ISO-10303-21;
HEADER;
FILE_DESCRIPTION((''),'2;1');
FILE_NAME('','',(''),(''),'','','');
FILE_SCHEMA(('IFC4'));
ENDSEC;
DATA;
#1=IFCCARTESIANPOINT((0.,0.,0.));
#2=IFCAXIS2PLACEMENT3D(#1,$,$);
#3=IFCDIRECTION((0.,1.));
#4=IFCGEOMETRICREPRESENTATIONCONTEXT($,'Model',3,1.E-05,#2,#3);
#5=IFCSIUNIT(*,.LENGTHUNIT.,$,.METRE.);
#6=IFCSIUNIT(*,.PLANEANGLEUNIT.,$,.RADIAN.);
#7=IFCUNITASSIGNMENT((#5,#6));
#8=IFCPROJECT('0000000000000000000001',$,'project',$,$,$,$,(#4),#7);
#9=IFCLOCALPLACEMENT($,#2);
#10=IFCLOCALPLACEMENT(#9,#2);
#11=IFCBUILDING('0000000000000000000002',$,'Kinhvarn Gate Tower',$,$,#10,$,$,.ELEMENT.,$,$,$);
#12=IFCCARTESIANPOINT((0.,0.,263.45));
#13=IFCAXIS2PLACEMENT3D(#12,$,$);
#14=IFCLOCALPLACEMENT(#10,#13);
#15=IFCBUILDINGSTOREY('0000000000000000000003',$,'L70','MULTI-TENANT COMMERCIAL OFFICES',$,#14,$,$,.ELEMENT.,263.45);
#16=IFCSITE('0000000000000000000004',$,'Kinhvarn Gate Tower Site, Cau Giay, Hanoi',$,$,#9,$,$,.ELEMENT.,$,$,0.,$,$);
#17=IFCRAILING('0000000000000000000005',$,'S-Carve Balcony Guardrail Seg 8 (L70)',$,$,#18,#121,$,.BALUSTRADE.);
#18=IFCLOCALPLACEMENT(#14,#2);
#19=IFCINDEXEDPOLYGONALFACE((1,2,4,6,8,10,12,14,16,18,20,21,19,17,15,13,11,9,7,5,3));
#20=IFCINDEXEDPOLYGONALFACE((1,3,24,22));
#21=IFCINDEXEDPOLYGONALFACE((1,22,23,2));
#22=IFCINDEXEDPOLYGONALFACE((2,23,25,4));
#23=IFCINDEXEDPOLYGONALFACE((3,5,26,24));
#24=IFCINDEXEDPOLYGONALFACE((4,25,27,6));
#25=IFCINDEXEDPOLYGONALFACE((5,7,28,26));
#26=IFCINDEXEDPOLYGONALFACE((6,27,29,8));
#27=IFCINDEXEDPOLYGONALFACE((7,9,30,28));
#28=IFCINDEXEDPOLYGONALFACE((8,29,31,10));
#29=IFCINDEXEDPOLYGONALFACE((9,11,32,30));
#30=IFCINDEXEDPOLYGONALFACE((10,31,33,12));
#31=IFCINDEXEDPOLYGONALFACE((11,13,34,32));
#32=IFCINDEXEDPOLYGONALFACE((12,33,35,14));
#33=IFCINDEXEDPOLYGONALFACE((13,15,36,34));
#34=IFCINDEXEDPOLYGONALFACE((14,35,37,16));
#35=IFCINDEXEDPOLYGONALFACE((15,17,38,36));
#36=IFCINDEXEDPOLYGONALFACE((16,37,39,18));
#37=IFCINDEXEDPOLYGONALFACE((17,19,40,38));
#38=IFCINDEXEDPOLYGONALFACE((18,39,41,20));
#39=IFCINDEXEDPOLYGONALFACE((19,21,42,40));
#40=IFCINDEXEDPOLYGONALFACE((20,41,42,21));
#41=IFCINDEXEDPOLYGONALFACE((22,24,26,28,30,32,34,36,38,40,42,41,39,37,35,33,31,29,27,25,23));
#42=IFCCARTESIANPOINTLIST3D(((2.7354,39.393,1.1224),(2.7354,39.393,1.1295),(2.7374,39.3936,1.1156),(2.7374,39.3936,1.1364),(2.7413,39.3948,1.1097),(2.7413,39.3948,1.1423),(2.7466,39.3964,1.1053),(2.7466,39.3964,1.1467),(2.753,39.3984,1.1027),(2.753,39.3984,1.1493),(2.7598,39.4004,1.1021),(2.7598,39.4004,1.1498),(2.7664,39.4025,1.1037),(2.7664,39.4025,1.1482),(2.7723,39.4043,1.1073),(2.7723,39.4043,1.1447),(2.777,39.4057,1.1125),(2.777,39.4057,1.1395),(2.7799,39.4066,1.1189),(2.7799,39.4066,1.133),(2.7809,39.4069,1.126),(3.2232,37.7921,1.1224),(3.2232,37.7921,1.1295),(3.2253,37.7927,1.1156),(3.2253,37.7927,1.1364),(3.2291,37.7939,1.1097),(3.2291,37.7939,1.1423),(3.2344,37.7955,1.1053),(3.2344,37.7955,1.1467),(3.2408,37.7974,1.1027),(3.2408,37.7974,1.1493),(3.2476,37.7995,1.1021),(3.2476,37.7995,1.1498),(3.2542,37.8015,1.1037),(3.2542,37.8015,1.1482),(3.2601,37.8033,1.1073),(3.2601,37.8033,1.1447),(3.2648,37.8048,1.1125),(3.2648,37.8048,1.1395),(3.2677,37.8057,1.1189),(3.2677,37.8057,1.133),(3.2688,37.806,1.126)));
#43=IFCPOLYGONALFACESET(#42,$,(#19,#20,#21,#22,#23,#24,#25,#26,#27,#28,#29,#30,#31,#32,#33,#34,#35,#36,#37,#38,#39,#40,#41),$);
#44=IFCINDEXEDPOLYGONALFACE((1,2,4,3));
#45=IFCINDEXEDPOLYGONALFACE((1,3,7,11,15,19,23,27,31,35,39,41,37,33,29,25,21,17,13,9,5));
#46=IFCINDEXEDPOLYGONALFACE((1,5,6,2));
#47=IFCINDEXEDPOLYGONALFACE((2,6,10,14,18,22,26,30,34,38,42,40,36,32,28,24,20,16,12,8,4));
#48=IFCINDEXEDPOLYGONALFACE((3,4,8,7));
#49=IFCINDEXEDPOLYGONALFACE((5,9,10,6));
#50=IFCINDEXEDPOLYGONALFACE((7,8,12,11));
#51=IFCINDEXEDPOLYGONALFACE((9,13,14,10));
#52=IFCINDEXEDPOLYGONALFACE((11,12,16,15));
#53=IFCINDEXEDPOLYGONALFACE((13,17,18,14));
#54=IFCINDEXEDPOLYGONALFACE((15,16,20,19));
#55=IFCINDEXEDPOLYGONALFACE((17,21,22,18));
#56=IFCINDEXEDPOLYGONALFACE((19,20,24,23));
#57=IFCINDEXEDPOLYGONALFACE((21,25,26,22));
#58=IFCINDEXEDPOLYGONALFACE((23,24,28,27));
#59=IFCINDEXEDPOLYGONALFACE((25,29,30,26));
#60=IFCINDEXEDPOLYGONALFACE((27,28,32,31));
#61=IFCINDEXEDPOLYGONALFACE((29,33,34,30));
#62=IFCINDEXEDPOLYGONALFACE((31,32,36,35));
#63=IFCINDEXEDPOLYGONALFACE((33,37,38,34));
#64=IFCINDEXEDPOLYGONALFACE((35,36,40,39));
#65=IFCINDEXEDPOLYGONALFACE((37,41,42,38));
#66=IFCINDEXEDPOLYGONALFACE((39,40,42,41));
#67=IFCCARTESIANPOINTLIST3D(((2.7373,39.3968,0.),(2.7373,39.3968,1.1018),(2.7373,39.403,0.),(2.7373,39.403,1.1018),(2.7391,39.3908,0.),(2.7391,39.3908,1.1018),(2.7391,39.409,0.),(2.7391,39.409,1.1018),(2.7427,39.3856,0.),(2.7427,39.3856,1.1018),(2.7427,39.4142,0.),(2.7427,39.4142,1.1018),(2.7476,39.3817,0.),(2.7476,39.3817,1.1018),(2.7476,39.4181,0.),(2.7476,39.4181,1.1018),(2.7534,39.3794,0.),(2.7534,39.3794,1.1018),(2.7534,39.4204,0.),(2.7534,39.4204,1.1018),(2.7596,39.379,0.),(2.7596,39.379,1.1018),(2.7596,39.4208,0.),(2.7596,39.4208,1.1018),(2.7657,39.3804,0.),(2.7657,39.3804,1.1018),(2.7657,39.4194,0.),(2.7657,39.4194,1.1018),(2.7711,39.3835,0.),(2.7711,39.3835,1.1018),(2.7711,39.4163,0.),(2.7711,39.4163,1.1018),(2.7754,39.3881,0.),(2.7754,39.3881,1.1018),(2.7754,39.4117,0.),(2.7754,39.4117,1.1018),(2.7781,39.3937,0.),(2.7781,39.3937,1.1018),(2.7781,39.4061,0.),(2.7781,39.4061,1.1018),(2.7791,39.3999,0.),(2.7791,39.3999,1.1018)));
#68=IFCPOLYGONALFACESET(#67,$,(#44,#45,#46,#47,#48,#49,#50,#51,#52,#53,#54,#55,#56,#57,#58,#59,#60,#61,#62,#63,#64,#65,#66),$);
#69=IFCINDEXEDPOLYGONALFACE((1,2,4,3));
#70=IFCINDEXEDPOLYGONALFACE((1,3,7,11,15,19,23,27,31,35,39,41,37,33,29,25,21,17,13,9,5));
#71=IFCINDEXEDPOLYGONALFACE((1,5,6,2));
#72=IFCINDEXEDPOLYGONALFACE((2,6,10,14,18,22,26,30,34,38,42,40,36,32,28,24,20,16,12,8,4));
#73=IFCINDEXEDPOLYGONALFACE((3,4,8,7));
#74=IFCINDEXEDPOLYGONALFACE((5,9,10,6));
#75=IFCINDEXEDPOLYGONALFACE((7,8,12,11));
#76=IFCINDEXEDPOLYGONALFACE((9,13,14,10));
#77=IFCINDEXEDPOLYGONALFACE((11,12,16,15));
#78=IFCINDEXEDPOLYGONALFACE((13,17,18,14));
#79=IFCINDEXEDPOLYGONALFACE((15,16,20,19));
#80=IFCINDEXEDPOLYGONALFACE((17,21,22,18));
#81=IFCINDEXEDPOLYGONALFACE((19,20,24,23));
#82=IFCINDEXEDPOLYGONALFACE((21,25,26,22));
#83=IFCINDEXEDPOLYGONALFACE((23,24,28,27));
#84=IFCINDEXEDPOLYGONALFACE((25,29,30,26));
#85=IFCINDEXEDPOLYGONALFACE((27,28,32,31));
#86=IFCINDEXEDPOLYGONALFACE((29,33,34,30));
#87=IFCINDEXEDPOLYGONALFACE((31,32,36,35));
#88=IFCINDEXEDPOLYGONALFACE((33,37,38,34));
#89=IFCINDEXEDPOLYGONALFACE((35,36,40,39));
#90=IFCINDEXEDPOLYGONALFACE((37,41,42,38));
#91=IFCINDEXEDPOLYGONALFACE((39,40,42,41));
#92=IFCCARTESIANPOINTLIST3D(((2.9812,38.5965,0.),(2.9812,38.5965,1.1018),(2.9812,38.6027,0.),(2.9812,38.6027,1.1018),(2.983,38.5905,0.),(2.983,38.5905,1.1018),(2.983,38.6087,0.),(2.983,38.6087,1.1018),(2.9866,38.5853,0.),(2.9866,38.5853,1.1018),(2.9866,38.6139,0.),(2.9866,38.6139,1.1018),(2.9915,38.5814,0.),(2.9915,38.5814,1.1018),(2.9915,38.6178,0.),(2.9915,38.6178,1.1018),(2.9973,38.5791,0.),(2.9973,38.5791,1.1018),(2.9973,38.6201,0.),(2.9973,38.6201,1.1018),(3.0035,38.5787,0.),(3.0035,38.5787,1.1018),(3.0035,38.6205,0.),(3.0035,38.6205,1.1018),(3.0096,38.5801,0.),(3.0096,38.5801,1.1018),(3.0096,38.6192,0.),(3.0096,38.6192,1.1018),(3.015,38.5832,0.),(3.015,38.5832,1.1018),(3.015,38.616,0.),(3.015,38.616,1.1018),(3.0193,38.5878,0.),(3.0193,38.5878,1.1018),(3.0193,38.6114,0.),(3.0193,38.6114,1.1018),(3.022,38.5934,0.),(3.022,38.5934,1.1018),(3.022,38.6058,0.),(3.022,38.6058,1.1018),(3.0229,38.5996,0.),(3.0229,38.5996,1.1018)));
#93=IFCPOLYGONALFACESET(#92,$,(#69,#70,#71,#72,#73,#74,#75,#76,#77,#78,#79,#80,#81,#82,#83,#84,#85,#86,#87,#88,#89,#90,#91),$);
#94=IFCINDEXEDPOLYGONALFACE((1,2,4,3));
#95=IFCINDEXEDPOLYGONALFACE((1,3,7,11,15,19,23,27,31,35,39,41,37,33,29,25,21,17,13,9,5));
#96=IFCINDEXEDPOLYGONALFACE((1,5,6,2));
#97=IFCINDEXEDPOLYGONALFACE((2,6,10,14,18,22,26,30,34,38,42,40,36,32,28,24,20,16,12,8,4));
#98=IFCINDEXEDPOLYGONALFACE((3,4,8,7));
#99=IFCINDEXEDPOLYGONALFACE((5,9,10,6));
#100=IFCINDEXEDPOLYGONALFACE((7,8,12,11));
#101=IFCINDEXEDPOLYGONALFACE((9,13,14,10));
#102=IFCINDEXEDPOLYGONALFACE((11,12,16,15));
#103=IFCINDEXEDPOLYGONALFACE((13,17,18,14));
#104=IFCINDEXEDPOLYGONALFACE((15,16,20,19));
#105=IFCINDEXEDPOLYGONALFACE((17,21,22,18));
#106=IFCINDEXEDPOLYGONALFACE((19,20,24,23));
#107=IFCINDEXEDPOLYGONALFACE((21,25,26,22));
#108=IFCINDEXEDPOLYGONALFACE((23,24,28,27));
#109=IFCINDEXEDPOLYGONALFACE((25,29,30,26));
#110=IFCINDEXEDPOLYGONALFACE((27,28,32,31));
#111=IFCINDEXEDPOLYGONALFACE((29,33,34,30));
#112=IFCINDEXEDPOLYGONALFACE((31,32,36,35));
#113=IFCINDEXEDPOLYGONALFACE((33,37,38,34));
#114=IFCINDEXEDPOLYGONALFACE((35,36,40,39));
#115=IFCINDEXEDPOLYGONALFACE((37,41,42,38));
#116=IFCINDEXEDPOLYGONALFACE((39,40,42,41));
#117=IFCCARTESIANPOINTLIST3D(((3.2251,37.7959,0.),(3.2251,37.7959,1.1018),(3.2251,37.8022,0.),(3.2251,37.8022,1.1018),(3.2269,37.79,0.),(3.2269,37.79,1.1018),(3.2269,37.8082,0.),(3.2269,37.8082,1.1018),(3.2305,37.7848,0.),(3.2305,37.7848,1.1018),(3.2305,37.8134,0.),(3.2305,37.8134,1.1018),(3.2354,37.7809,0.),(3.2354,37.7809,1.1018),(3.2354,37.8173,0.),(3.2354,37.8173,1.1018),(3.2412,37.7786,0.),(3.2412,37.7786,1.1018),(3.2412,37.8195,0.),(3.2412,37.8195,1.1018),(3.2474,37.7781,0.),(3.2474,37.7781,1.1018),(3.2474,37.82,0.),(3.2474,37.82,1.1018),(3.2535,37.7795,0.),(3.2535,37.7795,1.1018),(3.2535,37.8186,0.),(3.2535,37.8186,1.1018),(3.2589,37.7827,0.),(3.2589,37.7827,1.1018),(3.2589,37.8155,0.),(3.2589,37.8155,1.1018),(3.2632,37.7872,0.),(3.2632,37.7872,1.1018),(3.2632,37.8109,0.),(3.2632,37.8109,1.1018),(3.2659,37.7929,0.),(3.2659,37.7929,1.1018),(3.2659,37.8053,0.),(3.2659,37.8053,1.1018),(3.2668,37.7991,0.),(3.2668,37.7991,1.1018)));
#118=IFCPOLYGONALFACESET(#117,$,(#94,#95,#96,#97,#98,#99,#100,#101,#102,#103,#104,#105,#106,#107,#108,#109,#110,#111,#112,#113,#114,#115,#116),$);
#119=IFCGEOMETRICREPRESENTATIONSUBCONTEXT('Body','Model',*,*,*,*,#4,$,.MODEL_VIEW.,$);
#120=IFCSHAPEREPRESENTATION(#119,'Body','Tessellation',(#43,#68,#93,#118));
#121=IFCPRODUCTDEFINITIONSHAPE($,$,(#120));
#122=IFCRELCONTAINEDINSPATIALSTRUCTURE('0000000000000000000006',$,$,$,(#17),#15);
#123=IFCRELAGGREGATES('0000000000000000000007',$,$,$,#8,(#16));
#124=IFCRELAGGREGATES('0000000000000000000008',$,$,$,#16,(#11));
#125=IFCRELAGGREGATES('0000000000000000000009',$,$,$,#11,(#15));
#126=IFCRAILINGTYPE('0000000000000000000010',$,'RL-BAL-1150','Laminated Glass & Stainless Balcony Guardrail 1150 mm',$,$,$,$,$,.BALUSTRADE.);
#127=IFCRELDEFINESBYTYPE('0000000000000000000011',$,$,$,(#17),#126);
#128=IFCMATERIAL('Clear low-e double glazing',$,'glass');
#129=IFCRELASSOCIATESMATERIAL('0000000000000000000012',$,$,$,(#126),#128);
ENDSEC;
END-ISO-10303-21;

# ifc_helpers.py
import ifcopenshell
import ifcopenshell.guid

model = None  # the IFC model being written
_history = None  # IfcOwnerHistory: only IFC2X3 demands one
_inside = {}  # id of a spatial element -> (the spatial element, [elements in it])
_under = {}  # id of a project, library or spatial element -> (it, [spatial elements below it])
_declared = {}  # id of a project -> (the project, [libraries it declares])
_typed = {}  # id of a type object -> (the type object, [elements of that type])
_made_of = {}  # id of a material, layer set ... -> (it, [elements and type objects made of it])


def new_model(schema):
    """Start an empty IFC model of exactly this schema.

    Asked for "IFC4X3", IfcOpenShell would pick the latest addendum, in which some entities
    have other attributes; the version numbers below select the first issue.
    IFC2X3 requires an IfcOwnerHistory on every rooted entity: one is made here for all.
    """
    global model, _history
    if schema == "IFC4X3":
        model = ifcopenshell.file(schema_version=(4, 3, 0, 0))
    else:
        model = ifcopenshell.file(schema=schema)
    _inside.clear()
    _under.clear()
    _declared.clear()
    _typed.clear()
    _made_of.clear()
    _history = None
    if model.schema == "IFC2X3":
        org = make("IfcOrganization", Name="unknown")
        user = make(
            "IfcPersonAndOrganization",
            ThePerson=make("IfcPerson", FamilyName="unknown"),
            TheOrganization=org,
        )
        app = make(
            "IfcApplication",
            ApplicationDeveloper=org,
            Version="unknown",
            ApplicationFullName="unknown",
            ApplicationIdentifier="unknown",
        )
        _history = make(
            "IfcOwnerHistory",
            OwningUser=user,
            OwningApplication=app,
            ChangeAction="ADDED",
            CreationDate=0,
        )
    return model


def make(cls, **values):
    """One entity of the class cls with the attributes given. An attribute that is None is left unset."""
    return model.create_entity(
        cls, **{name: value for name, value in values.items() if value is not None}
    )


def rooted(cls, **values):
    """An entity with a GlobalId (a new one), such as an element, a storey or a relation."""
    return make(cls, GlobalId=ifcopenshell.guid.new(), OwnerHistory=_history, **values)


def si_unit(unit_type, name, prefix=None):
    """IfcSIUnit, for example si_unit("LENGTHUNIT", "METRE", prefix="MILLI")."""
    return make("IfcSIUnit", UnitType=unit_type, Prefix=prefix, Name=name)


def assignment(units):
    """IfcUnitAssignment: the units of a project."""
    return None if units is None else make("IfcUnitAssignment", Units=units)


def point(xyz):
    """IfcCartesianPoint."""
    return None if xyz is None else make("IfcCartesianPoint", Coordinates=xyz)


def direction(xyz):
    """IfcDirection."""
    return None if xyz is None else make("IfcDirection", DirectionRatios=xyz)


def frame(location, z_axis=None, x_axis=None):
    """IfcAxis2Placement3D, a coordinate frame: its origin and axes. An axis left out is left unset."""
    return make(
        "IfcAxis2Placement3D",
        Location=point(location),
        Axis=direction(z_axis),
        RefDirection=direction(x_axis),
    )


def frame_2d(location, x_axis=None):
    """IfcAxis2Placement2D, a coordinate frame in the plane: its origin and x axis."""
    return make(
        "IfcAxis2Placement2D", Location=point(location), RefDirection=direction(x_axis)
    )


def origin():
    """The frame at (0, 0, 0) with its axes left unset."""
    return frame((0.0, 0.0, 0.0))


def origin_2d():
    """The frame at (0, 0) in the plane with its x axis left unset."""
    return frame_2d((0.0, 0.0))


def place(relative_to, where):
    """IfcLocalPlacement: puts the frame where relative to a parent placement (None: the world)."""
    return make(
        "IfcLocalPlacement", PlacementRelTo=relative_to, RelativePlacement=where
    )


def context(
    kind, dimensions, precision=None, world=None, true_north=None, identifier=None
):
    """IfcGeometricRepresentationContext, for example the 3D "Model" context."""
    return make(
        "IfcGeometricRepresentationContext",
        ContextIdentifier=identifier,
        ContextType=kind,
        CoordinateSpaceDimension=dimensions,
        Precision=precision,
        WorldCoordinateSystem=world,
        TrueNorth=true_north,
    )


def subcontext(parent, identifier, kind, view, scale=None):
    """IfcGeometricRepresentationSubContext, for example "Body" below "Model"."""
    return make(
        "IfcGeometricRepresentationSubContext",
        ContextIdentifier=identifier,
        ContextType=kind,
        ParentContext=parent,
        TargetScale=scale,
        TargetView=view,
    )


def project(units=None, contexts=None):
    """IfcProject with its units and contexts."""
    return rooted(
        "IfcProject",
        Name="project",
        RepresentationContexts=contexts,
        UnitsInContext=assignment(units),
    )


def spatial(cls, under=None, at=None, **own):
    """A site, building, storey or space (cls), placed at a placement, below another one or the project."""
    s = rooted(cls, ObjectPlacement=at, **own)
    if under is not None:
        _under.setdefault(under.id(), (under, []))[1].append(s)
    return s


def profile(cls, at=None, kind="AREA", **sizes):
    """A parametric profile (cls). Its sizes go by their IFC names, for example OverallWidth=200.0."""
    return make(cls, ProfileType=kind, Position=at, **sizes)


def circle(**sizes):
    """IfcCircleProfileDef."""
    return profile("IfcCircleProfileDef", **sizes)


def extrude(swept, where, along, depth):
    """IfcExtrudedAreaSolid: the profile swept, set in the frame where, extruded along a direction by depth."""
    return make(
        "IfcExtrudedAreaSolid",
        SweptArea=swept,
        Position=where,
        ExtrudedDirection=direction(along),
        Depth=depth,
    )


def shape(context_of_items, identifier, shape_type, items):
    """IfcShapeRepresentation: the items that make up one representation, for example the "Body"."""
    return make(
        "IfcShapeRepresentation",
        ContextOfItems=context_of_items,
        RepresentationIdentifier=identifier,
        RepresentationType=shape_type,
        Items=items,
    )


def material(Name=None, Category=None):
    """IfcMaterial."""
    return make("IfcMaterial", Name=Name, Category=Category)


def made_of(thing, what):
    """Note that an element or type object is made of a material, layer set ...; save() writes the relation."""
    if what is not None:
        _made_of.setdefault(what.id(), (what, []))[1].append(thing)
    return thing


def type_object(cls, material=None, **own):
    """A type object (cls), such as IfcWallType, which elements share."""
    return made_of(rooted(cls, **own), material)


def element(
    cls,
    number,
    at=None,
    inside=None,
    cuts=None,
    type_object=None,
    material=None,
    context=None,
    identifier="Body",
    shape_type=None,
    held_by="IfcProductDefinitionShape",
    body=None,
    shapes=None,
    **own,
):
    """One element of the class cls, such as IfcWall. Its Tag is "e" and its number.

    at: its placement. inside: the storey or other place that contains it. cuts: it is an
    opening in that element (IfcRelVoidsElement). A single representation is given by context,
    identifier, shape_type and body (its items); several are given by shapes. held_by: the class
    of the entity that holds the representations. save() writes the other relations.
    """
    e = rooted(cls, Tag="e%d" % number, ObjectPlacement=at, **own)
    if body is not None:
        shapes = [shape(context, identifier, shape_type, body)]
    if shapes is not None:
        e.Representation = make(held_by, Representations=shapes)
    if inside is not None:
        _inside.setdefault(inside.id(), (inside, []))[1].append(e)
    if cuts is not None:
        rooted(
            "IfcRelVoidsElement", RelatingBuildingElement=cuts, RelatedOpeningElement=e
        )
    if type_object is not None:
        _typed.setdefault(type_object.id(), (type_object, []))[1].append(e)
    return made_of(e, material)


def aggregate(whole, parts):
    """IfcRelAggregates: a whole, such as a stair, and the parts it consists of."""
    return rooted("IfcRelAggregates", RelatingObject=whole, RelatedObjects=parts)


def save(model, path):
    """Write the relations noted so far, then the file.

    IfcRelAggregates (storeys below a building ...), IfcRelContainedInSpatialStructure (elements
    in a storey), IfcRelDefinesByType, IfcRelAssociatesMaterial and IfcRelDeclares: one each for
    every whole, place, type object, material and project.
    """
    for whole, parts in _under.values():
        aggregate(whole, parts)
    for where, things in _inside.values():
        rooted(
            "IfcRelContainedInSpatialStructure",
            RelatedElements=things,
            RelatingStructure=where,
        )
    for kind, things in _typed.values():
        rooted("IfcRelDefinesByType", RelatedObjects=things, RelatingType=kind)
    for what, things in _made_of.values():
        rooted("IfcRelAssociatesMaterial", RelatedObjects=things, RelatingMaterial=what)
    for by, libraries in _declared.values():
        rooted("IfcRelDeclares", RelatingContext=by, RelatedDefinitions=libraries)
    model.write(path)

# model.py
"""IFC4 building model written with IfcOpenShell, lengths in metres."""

from ifc_helpers import new_model, si_unit, direction, frame, origin, origin_2d, place, context, subcontext, project, spatial, circle, extrude, material, type_object, element, save


model = new_model("IFC4")

# Units and contexts
model_context = context("Model", 3, precision=1e-05, world=origin(), true_north=direction((0.0, 1.0)))
body_context = subcontext(model_context, "Body", "Model", "MODEL_VIEW")
ifc_project = project(units=[si_unit("LENGTHUNIT", "METRE"), si_unit("PLANEANGLEUNIT", "RADIAN")], contexts=[model_context])

# Site, building, storey
site_placement = place(None, origin())
site = spatial("IfcSite", under=ifc_project, at=site_placement, Name="Kinhvarn Gate Tower Site, Cau Giay, Hanoi", CompositionType="ELEMENT", RefElevation=0.0)
building_placement = place(site_placement, origin())
building = spatial("IfcBuilding", under=site, at=building_placement, Name="Kinhvarn Gate Tower", CompositionType="ELEMENT")
storey_placement = place(building_placement, frame((0.0, 0.0, 263.45)))
storey = spatial("IfcBuildingStorey", under=building, at=storey_placement, Name="L70", Description="MULTI-TENANT COMMERCIAL OFFICES", CompositionType="ELEMENT", Elevation=263.45)

# Shared definitions
ifc_material_1 = material(Name="Clear low-e double glazing", Category="glass")

# Railing
railing_type = type_object("IfcRailingType", Name="RL-BAL-1150", Description="Laminated Glass & Stainless Balcony Guardrail 1150 mm", PredefinedType="BALUSTRADE", material=ifc_material_1)
railing_1_placement = place(storey_placement, frame((2.7581, 39.3999, 0.0)))
element("IfcRailing", 1, at=railing_1_placement, inside=storey, type_object=railing_type, Name="S-Carve Balcony Guardrail Seg 8 (L70)", PredefinedType="BALUSTRADE", context=body_context, shape_type="SweptSolid", body=[
    extrude(circle(Radius=0.0239, at=origin_2d()), frame((0.0, 0.0, 1.126), z_axis=(0.291481, -0.956577, 0.0), x_axis=(0.956577, 0.291481, 0.0)), (0.0, 0.0, 1.0), 1.6736),
    extrude(circle(Radius=0.021, at=origin_2d()), origin(), (0.0, 0.0, 1.0), 1.1018),
    extrude(circle(Radius=0.021, at=origin_2d()), frame((0.2439, -0.8003, 0.0)), (0.0, 0.0, 1.0), 1.1018),
    extrude(circle(Radius=0.021, at=origin_2d()), frame((0.4878, -1.6008, 0.0)), (0.0, 0.0, 1.0), 1.1018),
])

save(model, "model.ifc")
